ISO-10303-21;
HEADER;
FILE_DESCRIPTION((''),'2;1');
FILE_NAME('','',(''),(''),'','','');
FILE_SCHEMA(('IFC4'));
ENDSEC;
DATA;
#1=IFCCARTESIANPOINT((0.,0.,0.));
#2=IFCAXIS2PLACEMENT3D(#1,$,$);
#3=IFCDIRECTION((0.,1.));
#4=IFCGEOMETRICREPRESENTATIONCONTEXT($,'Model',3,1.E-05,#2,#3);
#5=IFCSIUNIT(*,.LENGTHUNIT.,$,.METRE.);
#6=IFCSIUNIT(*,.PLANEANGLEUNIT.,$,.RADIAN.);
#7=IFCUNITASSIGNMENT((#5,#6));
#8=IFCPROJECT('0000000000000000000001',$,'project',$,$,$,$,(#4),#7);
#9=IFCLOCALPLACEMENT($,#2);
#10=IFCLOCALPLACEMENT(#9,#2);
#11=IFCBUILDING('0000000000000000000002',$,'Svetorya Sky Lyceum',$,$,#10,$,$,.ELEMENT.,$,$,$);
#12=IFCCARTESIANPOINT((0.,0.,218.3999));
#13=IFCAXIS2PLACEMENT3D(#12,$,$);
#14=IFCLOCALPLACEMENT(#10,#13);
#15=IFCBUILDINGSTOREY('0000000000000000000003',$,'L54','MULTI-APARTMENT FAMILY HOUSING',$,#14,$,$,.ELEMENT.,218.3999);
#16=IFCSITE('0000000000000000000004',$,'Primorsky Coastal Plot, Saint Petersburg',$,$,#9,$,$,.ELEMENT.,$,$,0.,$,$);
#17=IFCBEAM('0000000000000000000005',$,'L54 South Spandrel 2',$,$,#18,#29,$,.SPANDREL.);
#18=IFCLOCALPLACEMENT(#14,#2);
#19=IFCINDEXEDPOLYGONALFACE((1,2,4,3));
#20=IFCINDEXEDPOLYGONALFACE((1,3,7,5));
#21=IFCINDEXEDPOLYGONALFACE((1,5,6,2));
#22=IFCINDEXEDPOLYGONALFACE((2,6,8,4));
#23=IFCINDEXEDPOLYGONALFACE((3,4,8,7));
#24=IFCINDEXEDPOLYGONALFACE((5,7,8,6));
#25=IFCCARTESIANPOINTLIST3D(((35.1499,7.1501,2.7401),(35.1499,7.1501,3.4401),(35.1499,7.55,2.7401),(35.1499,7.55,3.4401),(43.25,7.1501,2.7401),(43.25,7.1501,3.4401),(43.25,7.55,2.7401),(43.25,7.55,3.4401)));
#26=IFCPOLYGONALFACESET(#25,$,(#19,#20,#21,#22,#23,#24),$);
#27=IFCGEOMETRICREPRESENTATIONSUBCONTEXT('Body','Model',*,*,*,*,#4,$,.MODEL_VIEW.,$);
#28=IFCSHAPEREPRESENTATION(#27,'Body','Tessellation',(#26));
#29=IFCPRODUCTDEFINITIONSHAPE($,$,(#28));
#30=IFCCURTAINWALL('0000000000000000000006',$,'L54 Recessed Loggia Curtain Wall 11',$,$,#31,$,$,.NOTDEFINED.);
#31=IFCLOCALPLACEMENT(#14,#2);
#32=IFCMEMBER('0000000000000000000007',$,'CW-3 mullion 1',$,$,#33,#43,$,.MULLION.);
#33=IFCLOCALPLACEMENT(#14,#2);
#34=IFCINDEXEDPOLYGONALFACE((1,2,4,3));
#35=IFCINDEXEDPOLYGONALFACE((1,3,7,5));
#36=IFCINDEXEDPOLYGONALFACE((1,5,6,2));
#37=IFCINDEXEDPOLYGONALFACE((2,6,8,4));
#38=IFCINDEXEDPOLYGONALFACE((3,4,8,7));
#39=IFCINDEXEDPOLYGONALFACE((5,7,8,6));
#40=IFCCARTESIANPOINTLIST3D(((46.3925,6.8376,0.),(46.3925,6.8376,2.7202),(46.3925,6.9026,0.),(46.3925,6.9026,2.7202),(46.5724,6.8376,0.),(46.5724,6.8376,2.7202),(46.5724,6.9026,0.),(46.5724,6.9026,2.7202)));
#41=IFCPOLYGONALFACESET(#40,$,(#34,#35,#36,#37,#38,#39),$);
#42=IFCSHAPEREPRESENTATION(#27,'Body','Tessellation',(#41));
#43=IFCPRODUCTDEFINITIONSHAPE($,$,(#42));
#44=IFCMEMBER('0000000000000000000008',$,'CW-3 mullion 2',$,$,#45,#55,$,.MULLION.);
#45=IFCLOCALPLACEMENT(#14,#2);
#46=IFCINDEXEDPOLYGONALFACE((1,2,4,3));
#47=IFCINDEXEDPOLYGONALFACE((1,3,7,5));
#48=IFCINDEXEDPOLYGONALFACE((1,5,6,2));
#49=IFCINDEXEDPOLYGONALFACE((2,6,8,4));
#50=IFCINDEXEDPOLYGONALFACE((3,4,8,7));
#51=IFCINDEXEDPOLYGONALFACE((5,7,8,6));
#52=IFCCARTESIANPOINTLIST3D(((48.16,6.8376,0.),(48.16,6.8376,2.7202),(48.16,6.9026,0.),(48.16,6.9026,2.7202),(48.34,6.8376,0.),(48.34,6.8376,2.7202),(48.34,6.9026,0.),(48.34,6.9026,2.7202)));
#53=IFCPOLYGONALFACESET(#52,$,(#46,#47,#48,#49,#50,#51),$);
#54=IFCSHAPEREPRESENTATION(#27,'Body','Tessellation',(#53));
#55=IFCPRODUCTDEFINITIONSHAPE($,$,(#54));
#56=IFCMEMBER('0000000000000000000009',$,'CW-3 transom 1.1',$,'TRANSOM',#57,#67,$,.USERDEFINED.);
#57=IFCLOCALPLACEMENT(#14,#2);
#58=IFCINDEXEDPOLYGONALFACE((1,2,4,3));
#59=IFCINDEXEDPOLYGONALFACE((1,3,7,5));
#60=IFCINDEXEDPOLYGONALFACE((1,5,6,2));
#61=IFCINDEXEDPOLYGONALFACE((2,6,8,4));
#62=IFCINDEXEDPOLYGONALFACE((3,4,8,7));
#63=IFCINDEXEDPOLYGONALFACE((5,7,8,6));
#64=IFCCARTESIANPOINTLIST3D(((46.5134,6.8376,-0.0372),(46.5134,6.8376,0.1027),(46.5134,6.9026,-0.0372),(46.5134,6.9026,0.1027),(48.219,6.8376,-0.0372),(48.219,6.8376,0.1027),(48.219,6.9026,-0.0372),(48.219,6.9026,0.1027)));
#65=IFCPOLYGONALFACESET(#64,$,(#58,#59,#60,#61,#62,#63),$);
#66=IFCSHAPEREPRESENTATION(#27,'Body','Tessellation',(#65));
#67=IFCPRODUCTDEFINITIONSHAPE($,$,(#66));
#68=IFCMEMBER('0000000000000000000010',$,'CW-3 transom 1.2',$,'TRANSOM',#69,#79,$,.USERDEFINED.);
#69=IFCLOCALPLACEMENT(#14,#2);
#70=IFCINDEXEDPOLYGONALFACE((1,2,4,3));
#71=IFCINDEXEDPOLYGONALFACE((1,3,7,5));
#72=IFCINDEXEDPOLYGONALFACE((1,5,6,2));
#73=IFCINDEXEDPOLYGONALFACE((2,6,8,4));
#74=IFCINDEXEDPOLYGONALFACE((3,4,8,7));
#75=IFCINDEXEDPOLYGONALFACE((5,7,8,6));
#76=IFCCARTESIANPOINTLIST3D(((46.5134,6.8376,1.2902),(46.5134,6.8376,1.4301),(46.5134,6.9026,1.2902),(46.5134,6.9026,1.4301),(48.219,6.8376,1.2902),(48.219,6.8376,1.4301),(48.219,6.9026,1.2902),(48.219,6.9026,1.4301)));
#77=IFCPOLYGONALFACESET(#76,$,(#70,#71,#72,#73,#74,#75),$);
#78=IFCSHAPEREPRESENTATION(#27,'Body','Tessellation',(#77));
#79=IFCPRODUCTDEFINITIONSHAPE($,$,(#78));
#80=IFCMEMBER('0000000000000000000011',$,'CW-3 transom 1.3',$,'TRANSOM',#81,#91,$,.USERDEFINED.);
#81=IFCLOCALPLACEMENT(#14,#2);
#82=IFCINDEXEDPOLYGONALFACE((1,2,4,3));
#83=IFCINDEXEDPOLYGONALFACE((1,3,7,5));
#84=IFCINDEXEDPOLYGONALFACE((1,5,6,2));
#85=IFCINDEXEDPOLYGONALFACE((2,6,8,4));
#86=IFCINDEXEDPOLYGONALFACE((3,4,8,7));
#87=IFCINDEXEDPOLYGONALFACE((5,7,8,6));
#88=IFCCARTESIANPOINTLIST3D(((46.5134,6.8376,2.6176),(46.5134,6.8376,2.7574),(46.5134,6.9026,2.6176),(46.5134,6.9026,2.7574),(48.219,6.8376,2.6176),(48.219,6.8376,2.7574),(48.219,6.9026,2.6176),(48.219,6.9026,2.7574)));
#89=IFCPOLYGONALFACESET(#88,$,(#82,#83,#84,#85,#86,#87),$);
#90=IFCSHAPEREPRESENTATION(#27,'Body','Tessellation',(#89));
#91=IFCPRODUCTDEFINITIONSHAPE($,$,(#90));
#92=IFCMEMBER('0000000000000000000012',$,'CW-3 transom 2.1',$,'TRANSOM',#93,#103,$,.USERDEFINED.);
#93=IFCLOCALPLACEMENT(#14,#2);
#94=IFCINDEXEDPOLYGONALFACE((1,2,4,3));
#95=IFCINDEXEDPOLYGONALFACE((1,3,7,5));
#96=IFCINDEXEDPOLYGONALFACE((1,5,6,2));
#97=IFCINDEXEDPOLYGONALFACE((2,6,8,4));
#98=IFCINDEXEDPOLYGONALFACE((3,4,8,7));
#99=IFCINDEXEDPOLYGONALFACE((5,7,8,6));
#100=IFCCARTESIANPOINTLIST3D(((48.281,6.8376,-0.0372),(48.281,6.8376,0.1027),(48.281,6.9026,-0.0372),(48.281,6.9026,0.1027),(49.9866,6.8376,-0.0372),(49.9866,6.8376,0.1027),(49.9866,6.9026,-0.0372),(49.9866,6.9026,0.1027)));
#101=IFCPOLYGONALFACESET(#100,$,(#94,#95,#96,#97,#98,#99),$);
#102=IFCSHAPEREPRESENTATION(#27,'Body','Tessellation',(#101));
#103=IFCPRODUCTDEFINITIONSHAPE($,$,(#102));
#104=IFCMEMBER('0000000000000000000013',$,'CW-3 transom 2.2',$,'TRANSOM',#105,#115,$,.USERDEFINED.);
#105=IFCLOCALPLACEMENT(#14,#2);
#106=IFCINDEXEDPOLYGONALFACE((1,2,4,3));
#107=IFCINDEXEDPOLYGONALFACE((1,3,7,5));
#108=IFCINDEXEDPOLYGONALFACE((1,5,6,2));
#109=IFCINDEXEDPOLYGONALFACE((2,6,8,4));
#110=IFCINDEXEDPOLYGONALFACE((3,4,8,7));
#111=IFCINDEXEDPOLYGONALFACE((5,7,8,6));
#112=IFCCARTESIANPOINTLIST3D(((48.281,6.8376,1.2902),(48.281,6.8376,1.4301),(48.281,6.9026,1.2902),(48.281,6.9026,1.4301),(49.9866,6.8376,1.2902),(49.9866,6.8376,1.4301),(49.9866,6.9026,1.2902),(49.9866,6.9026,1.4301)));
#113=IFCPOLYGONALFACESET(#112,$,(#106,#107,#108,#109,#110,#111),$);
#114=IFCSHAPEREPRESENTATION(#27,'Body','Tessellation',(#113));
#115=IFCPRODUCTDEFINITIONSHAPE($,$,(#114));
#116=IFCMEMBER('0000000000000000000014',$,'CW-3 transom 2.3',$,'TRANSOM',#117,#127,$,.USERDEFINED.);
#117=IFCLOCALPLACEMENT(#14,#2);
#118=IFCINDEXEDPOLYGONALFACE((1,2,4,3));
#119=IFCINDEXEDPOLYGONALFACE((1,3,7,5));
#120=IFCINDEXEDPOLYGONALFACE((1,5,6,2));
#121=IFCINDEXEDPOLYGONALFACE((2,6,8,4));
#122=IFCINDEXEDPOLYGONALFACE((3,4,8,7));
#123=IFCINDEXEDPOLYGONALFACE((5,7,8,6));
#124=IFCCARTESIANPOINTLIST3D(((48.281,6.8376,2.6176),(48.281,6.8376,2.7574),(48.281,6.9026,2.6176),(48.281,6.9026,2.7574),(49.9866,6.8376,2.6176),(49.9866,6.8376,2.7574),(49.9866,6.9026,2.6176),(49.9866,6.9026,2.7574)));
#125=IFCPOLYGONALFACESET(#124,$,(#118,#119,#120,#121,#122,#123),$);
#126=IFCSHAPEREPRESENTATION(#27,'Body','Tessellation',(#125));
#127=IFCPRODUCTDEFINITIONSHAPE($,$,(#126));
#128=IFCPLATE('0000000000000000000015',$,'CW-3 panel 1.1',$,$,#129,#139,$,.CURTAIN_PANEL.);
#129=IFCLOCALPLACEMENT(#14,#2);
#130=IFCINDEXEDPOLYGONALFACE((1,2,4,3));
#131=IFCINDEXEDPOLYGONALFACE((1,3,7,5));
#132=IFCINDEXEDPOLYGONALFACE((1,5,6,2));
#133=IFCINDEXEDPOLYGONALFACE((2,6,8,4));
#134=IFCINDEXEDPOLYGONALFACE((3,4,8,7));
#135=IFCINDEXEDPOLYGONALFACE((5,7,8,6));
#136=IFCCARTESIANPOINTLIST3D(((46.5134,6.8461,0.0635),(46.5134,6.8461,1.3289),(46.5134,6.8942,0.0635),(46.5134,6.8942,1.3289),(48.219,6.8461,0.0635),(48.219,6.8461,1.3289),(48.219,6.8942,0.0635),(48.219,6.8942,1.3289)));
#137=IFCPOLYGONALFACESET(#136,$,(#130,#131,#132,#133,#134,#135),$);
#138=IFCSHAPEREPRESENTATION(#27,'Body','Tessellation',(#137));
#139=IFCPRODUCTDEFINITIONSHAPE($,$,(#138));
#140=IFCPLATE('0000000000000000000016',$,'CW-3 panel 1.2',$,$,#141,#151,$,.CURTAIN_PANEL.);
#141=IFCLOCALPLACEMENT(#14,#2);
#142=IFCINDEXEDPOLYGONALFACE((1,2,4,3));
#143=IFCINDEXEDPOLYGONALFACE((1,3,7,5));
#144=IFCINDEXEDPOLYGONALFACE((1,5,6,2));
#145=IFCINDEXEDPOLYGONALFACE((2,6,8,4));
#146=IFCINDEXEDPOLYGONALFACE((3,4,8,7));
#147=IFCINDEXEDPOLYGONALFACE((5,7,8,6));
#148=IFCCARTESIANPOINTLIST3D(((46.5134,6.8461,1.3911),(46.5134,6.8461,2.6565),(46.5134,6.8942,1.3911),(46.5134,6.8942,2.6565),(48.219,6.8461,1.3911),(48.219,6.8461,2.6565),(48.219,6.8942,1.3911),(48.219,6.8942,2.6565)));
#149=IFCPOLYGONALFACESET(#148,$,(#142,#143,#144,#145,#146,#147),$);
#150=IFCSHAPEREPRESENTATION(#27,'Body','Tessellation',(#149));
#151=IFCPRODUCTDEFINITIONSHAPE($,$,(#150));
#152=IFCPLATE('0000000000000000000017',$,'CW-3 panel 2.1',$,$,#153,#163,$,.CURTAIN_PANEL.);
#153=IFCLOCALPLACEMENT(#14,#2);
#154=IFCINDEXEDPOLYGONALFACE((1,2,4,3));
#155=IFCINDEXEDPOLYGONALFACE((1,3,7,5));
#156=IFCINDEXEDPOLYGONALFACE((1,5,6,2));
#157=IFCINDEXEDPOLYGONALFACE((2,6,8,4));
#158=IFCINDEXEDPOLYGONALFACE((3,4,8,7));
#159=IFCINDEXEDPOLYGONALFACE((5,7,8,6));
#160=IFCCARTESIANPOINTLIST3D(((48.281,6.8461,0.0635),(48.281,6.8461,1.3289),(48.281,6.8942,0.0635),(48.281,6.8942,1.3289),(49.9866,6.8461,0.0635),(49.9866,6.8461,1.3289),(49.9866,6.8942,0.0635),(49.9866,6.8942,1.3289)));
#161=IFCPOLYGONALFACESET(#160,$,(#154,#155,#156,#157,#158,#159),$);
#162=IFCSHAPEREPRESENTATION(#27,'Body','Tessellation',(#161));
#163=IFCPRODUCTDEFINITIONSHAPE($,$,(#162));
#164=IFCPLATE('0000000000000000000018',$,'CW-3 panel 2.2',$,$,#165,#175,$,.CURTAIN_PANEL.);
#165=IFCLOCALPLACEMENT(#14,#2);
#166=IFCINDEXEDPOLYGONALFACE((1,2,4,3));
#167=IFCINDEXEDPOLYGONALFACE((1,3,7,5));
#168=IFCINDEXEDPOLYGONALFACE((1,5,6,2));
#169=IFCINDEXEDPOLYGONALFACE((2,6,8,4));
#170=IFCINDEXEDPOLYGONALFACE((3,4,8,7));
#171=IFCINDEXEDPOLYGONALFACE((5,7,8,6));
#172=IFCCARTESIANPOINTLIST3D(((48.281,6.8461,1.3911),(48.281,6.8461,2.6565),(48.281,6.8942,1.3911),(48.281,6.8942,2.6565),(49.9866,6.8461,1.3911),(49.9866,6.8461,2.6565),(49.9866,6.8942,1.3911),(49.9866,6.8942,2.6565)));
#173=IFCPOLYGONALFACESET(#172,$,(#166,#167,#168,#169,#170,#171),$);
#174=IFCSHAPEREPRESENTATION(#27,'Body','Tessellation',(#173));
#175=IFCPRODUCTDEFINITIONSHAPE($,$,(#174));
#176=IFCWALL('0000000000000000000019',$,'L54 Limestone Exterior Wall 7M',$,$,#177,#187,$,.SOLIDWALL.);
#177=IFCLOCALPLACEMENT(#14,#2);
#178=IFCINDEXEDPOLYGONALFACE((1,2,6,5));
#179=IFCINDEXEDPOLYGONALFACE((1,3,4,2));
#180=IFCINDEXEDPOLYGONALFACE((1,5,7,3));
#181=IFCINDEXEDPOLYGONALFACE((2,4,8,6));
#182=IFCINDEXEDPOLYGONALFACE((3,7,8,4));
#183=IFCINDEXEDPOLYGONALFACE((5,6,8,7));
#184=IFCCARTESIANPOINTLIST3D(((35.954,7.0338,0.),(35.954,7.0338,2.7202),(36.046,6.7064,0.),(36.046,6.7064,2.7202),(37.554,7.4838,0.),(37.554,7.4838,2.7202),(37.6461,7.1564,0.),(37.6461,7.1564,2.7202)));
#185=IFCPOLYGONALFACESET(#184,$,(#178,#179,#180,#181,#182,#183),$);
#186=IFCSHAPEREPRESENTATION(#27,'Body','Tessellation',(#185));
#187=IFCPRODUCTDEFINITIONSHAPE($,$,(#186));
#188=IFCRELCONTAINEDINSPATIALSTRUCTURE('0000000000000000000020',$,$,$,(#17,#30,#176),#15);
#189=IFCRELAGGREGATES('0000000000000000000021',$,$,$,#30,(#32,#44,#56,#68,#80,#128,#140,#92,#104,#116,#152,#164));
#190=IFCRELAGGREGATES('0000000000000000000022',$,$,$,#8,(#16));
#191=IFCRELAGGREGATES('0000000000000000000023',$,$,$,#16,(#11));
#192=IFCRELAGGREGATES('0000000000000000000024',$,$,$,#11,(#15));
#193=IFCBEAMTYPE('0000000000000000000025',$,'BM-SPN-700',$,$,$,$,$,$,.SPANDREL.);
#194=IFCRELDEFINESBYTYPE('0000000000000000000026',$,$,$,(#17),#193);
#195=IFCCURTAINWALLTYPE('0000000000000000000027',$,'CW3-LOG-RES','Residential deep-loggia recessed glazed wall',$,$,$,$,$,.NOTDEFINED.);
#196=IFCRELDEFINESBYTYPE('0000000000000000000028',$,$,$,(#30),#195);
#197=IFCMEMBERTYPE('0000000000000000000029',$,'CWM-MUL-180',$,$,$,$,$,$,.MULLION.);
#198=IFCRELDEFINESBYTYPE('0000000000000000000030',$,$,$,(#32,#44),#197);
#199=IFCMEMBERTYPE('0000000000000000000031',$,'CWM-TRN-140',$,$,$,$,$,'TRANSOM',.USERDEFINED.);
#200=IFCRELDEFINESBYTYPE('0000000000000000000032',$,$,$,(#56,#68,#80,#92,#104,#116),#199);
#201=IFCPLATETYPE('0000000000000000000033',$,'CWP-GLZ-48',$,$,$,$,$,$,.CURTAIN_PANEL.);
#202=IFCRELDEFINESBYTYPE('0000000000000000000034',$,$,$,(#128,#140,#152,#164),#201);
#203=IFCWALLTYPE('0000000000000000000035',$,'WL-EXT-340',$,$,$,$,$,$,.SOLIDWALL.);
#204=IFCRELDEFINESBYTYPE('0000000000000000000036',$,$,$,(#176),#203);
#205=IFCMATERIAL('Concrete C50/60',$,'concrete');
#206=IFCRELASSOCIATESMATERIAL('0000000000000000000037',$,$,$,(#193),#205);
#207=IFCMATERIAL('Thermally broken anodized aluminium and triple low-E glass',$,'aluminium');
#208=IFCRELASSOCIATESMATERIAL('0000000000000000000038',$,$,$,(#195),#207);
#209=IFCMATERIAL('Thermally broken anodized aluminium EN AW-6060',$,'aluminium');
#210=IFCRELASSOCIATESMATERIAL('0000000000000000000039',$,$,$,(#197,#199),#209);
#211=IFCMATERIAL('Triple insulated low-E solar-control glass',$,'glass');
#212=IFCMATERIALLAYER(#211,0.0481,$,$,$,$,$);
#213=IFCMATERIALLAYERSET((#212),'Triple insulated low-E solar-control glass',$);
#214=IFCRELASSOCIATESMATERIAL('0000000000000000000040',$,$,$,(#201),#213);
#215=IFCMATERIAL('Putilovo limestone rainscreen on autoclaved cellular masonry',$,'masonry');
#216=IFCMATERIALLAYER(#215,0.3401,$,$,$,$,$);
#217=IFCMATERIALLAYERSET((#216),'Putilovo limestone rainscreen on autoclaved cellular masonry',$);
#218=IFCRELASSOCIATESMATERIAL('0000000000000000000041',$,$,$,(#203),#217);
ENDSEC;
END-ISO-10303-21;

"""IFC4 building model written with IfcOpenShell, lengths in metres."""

from ifc_helpers import new_model, si_unit, direction, frame, frame_2d, origin, origin_2d, place, context, subcontext, project, spatial, rectangle, extrude, material, layer, layer_set, material_profile, profile_set, type_object, element, aggregate, save


model = new_model("IFC4")

# Units and contexts
model_context = context("Model", 3, precision=1e-05, world=origin(), true_north=direction((0.0, 1.0)))
body_context = subcontext(model_context, "Body", "Model", "MODEL_VIEW")
ifc_project = project(units=[si_unit("LENGTHUNIT", "METRE"), si_unit("PLANEANGLEUNIT", "RADIAN")], contexts=[model_context])

# Site, building, storey
site_placement = place(None, origin())
site = spatial("IfcSite", under=ifc_project, at=site_placement, Name="Primorsky Coastal Plot, Saint Petersburg", CompositionType="ELEMENT", RefElevation=0.0)
building_placement = place(site_placement, origin())
building = spatial("IfcBuilding", under=site, at=building_placement, Name="Svetorya Sky Lyceum", CompositionType="ELEMENT")
storey_placement = place(building_placement, frame((0.0, 0.0, 218.3999)))
storey = spatial("IfcBuildingStorey", under=building, at=storey_placement, Name="L54", Description="MULTI-APARTMENT FAMILY HOUSING", CompositionType="ELEMENT", Elevation=218.3999)

# Beam
ifc_material_1 = material(Name="Concrete C50/60", Category="concrete")
ifc_material_profile_1 = material_profile(ifc_material_1, rectangle(XDim=0.3999, YDim=0.7, at=origin_2d()), Name="RC SPANDREL 400x700")
ifc_profile_set_1 = profile_set([ifc_material_profile_1], Name="Concrete C50/60")
beam_type = type_object("IfcBeamType", Name="BM-SPN-700", PredefinedType="SPANDREL", material=ifc_profile_set_1)
beam_placement = place(storey_placement, frame((35.1499, 7.3501, 3.0901), z_axis=(1.0, 0.0, 0.0), x_axis=(0.0, 1.0, 0.0)))
element("IfcBeam", 1, at=beam_placement, inside=storey, type_object=beam_type, Name="L54 South Spandrel 2", PredefinedType="SPANDREL", context=body_context, shape_type="SweptSolid", body=[
    extrude(rectangle(XDim=0.3999, YDim=0.7, at=origin_2d()), origin(), (0.0, 0.0, 1.0), 8.1001),
])

# Curtain wall, members, plates
ifc_material_2 = material(Name="Thermally broken anodized aluminium and triple low-E glass", Category="aluminium")
curtain_wall_type = type_object("IfcCurtainWallType", Name="CW3-LOG-RES", Description="Residential deep-loggia recessed glazed wall", PredefinedType="NOTDEFINED", material=ifc_material_2)
curtain_wall_placement = place(storey_placement, origin())
curtain_wall = element("IfcCurtainWall", 2, at=curtain_wall_placement, inside=storey, type_object=curtain_wall_type, Name="L54 Recessed Loggia Curtain Wall 11", PredefinedType="NOTDEFINED")
ifc_material_3 = material(Name="Thermally broken anodized aluminium EN AW-6060", Category="aluminium")
ifc_material_profile_2 = material_profile(ifc_material_3, rectangle(XDim=0.0649, YDim=0.1799, at=origin_2d()), Name="ALU MULLION 65x180")
ifc_profile_set_2 = profile_set([ifc_material_profile_2], Name="Thermally broken anodized aluminium EN AW-6060")
member_type_1 = type_object("IfcMemberType", Name="CWM-MUL-180", PredefinedType="MULLION", material=ifc_profile_set_2)
member_1_placement = place(storey_placement, frame((46.4824, 6.8701, 0.0), z_axis=(0.0, 0.0, 1.0), x_axis=(0.0, 1.0, 0.0)))
member_1 = element("IfcMember", 3, at=member_1_placement, type_object=member_type_1, Name="CW-3 mullion 1", PredefinedType="MULLION", context=body_context, shape_type="SweptSolid", body=[
    extrude(rectangle(XDim=0.0649, YDim=0.1799, at=origin_2d()), origin(), (0.0, 0.0, 1.0), 2.7202),
])
member_2_placement = place(storey_placement, frame((48.25, 6.8701, 0.0), z_axis=(0.0, 0.0, 1.0), x_axis=(0.0, 1.0, 0.0)))
member_2 = element("IfcMember", 4, at=member_2_placement, type_object=member_type_1, Name="CW-3 mullion 2", PredefinedType="MULLION", context=body_context, shape_type="SweptSolid", body=[
    extrude(rectangle(XDim=0.0649, YDim=0.1799, at=origin_2d()), origin(), (0.0, 0.0, 1.0), 2.7202),
])
ifc_material_profile_3 = material_profile(ifc_material_3, rectangle(XDim=0.0649, YDim=0.1399, at=origin_2d()), Name="ALU TRANSOM 65x140")
ifc_profile_set_3 = profile_set([ifc_material_profile_3], Name="Thermally broken anodized aluminium EN AW-6060")
member_type_2 = type_object("IfcMemberType", Name="CWM-TRN-140", ElementType="TRANSOM", PredefinedType="USERDEFINED", material=ifc_profile_set_3)
member_3_placement = place(storey_placement, frame((46.5134, 6.8701, 0.0327), z_axis=(1.0, 0.0, 0.0), x_axis=(0.0, 1.0, 0.0)))
member_3 = element("IfcMember", 5, at=member_3_placement, type_object=member_type_2, Name="CW-3 transom 1.1", ObjectType="TRANSOM", PredefinedType="USERDEFINED", context=body_context, shape_type="SweptSolid", body=[
    extrude(rectangle(XDim=0.0649, YDim=0.1399, at=origin_2d()), origin(), (0.0, 0.0, 1.0), 1.7056),
])
member_4_placement = place(storey_placement, frame((46.5134, 6.8701, 1.3601), z_axis=(1.0, 0.0, 0.0), x_axis=(0.0, 1.0, 0.0)))
member_4 = element("IfcMember", 6, at=member_4_placement, type_object=member_type_2, Name="CW-3 transom 1.2", ObjectType="TRANSOM", PredefinedType="USERDEFINED", context=body_context, shape_type="SweptSolid", body=[
    extrude(rectangle(XDim=0.0649, YDim=0.1399, at=origin_2d()), origin(), (0.0, 0.0, 1.0), 1.7056),
])
member_5_placement = place(storey_placement, frame((46.5134, 6.8701, 2.6875), z_axis=(1.0, 0.0, 0.0), x_axis=(0.0, 1.0, 0.0)))
member_5 = element("IfcMember", 7, at=member_5_placement, type_object=member_type_2, Name="CW-3 transom 1.3", ObjectType="TRANSOM", PredefinedType="USERDEFINED", context=body_context, shape_type="SweptSolid", body=[
    extrude(rectangle(XDim=0.0649, YDim=0.1399, at=origin_2d()), origin(), (0.0, 0.0, 1.0), 1.7056),
])
member_6_placement = place(storey_placement, frame((48.281, 6.8701, 0.0327), z_axis=(1.0, 0.0, 0.0), x_axis=(0.0, 1.0, 0.0)))
member_6 = element("IfcMember", 8, at=member_6_placement, type_object=member_type_2, Name="CW-3 transom 2.1", ObjectType="TRANSOM", PredefinedType="USERDEFINED", context=body_context, shape_type="SweptSolid", body=[
    extrude(rectangle(XDim=0.0649, YDim=0.1399, at=origin_2d()), origin(), (0.0, 0.0, 1.0), 1.7056),
])
member_7_placement = place(storey_placement, frame((48.281, 6.8701, 1.3601), z_axis=(1.0, 0.0, 0.0), x_axis=(0.0, 1.0, 0.0)))
member_7 = element("IfcMember", 9, at=member_7_placement, type_object=member_type_2, Name="CW-3 transom 2.2", ObjectType="TRANSOM", PredefinedType="USERDEFINED", context=body_context, shape_type="SweptSolid", body=[
    extrude(rectangle(XDim=0.0649, YDim=0.1399, at=origin_2d()), origin(), (0.0, 0.0, 1.0), 1.7056),
])
member_8_placement = place(storey_placement, frame((48.281, 6.8701, 2.6875), z_axis=(1.0, 0.0, 0.0), x_axis=(0.0, 1.0, 0.0)))
member_8 = element("IfcMember", 10, at=member_8_placement, type_object=member_type_2, Name="CW-3 transom 2.3", ObjectType="TRANSOM", PredefinedType="USERDEFINED", context=body_context, shape_type="SweptSolid", body=[
    extrude(rectangle(XDim=0.0649, YDim=0.1399, at=origin_2d()), origin(), (0.0, 0.0, 1.0), 1.7056),
])
ifc_material_4 = material(Name="Triple insulated low-E solar-control glass", Category="glass")
ifc_layer_1 = layer(ifc_material_4, 0.0481)
ifc_layer_set_1 = layer_set([ifc_layer_1], Name="Triple insulated low-E solar-control glass")
plate_type = type_object("IfcPlateType", Name="CWP-GLZ-48", PredefinedType="CURTAIN_PANEL", material=ifc_layer_set_1)
plate_1_placement = place(storey_placement, frame((47.3662, 6.8701, 0.0635), z_axis=(0.0, 0.0, 1.0), x_axis=(1.0, 0.0, 0.0)))
plate_1 = element("IfcPlate", 11, at=plate_1_placement, type_object=plate_type, Name="CW-3 panel 1.1", PredefinedType="CURTAIN_PANEL", context=body_context, shape_type="SweptSolid", body=[
    extrude(rectangle(XDim=1.7056, YDim=0.0481, at=origin_2d()), origin(), (0.0, 0.0, 1.0), 1.2654),
])
plate_2_placement = place(storey_placement, frame((47.3662, 6.8701, 1.3911), z_axis=(0.0, 0.0, 1.0), x_axis=(1.0, 0.0, 0.0)))
plate_2 = element("IfcPlate", 12, at=plate_2_placement, type_object=plate_type, Name="CW-3 panel 1.2", PredefinedType="CURTAIN_PANEL", context=body_context, shape_type="SweptSolid", body=[
    extrude(rectangle(XDim=1.7056, YDim=0.0481, at=origin_2d()), origin(), (0.0, 0.0, 1.0), 1.2654),
])
plate_3_placement = place(storey_placement, frame((49.1338, 6.8701, 0.0635), z_axis=(0.0, 0.0, 1.0), x_axis=(1.0, 0.0, 0.0)))
plate_3 = element("IfcPlate", 13, at=plate_3_placement, type_object=plate_type, Name="CW-3 panel 2.1", PredefinedType="CURTAIN_PANEL", context=body_context, shape_type="SweptSolid", body=[
    extrude(rectangle(XDim=1.7056, YDim=0.0481, at=origin_2d()), origin(), (0.0, 0.0, 1.0), 1.2654),
])
plate_4_placement = place(storey_placement, frame((49.1338, 6.8701, 1.3911), z_axis=(0.0, 0.0, 1.0), x_axis=(1.0, 0.0, 0.0)))
plate_4 = element("IfcPlate", 14, at=plate_4_placement, type_object=plate_type, Name="CW-3 panel 2.2", PredefinedType="CURTAIN_PANEL", context=body_context, shape_type="SweptSolid", body=[
    extrude(rectangle(XDim=1.7056, YDim=0.0481, at=origin_2d()), origin(), (0.0, 0.0, 1.0), 1.2654),
])
aggregate(curtain_wall, [member_1, member_2, member_3, member_4, member_5, plate_1, plate_2, member_6, member_7, member_8, plate_3, plate_4])

# Wall
ifc_material_5 = material(Name="Putilovo limestone rainscreen on autoclaved cellular masonry", Category="masonry")
ifc_layer_2 = layer(ifc_material_5, 0.3401)
ifc_layer_set_2 = layer_set([ifc_layer_2], Name="Putilovo limestone rainscreen on autoclaved cellular masonry")
wall_type_1 = type_object("IfcWallType", Name="WL-EXT-340", PredefinedType="SOLIDWALL", material=ifc_layer_set_2)
wall_1_placement = place(storey_placement, frame((36.0, 6.8701, 0.0), z_axis=(0.0, 0.0, 1.0), x_axis=(0.962663, 0.270703, 0.0)))
element("IfcWall", 15, at=wall_1_placement, inside=storey, type_object=wall_type_1, Name="L54 Limestone Exterior Wall 7M", PredefinedType="SOLIDWALL", context=body_context, shape_type="SweptSolid", body=[
    extrude(rectangle(XDim=1.6621, YDim=0.3401, at=frame_2d((0.8311, 0.0))), origin(), (0.0, 0.0, 1.0), 2.7202),
])

save(model, "model.ifc")
